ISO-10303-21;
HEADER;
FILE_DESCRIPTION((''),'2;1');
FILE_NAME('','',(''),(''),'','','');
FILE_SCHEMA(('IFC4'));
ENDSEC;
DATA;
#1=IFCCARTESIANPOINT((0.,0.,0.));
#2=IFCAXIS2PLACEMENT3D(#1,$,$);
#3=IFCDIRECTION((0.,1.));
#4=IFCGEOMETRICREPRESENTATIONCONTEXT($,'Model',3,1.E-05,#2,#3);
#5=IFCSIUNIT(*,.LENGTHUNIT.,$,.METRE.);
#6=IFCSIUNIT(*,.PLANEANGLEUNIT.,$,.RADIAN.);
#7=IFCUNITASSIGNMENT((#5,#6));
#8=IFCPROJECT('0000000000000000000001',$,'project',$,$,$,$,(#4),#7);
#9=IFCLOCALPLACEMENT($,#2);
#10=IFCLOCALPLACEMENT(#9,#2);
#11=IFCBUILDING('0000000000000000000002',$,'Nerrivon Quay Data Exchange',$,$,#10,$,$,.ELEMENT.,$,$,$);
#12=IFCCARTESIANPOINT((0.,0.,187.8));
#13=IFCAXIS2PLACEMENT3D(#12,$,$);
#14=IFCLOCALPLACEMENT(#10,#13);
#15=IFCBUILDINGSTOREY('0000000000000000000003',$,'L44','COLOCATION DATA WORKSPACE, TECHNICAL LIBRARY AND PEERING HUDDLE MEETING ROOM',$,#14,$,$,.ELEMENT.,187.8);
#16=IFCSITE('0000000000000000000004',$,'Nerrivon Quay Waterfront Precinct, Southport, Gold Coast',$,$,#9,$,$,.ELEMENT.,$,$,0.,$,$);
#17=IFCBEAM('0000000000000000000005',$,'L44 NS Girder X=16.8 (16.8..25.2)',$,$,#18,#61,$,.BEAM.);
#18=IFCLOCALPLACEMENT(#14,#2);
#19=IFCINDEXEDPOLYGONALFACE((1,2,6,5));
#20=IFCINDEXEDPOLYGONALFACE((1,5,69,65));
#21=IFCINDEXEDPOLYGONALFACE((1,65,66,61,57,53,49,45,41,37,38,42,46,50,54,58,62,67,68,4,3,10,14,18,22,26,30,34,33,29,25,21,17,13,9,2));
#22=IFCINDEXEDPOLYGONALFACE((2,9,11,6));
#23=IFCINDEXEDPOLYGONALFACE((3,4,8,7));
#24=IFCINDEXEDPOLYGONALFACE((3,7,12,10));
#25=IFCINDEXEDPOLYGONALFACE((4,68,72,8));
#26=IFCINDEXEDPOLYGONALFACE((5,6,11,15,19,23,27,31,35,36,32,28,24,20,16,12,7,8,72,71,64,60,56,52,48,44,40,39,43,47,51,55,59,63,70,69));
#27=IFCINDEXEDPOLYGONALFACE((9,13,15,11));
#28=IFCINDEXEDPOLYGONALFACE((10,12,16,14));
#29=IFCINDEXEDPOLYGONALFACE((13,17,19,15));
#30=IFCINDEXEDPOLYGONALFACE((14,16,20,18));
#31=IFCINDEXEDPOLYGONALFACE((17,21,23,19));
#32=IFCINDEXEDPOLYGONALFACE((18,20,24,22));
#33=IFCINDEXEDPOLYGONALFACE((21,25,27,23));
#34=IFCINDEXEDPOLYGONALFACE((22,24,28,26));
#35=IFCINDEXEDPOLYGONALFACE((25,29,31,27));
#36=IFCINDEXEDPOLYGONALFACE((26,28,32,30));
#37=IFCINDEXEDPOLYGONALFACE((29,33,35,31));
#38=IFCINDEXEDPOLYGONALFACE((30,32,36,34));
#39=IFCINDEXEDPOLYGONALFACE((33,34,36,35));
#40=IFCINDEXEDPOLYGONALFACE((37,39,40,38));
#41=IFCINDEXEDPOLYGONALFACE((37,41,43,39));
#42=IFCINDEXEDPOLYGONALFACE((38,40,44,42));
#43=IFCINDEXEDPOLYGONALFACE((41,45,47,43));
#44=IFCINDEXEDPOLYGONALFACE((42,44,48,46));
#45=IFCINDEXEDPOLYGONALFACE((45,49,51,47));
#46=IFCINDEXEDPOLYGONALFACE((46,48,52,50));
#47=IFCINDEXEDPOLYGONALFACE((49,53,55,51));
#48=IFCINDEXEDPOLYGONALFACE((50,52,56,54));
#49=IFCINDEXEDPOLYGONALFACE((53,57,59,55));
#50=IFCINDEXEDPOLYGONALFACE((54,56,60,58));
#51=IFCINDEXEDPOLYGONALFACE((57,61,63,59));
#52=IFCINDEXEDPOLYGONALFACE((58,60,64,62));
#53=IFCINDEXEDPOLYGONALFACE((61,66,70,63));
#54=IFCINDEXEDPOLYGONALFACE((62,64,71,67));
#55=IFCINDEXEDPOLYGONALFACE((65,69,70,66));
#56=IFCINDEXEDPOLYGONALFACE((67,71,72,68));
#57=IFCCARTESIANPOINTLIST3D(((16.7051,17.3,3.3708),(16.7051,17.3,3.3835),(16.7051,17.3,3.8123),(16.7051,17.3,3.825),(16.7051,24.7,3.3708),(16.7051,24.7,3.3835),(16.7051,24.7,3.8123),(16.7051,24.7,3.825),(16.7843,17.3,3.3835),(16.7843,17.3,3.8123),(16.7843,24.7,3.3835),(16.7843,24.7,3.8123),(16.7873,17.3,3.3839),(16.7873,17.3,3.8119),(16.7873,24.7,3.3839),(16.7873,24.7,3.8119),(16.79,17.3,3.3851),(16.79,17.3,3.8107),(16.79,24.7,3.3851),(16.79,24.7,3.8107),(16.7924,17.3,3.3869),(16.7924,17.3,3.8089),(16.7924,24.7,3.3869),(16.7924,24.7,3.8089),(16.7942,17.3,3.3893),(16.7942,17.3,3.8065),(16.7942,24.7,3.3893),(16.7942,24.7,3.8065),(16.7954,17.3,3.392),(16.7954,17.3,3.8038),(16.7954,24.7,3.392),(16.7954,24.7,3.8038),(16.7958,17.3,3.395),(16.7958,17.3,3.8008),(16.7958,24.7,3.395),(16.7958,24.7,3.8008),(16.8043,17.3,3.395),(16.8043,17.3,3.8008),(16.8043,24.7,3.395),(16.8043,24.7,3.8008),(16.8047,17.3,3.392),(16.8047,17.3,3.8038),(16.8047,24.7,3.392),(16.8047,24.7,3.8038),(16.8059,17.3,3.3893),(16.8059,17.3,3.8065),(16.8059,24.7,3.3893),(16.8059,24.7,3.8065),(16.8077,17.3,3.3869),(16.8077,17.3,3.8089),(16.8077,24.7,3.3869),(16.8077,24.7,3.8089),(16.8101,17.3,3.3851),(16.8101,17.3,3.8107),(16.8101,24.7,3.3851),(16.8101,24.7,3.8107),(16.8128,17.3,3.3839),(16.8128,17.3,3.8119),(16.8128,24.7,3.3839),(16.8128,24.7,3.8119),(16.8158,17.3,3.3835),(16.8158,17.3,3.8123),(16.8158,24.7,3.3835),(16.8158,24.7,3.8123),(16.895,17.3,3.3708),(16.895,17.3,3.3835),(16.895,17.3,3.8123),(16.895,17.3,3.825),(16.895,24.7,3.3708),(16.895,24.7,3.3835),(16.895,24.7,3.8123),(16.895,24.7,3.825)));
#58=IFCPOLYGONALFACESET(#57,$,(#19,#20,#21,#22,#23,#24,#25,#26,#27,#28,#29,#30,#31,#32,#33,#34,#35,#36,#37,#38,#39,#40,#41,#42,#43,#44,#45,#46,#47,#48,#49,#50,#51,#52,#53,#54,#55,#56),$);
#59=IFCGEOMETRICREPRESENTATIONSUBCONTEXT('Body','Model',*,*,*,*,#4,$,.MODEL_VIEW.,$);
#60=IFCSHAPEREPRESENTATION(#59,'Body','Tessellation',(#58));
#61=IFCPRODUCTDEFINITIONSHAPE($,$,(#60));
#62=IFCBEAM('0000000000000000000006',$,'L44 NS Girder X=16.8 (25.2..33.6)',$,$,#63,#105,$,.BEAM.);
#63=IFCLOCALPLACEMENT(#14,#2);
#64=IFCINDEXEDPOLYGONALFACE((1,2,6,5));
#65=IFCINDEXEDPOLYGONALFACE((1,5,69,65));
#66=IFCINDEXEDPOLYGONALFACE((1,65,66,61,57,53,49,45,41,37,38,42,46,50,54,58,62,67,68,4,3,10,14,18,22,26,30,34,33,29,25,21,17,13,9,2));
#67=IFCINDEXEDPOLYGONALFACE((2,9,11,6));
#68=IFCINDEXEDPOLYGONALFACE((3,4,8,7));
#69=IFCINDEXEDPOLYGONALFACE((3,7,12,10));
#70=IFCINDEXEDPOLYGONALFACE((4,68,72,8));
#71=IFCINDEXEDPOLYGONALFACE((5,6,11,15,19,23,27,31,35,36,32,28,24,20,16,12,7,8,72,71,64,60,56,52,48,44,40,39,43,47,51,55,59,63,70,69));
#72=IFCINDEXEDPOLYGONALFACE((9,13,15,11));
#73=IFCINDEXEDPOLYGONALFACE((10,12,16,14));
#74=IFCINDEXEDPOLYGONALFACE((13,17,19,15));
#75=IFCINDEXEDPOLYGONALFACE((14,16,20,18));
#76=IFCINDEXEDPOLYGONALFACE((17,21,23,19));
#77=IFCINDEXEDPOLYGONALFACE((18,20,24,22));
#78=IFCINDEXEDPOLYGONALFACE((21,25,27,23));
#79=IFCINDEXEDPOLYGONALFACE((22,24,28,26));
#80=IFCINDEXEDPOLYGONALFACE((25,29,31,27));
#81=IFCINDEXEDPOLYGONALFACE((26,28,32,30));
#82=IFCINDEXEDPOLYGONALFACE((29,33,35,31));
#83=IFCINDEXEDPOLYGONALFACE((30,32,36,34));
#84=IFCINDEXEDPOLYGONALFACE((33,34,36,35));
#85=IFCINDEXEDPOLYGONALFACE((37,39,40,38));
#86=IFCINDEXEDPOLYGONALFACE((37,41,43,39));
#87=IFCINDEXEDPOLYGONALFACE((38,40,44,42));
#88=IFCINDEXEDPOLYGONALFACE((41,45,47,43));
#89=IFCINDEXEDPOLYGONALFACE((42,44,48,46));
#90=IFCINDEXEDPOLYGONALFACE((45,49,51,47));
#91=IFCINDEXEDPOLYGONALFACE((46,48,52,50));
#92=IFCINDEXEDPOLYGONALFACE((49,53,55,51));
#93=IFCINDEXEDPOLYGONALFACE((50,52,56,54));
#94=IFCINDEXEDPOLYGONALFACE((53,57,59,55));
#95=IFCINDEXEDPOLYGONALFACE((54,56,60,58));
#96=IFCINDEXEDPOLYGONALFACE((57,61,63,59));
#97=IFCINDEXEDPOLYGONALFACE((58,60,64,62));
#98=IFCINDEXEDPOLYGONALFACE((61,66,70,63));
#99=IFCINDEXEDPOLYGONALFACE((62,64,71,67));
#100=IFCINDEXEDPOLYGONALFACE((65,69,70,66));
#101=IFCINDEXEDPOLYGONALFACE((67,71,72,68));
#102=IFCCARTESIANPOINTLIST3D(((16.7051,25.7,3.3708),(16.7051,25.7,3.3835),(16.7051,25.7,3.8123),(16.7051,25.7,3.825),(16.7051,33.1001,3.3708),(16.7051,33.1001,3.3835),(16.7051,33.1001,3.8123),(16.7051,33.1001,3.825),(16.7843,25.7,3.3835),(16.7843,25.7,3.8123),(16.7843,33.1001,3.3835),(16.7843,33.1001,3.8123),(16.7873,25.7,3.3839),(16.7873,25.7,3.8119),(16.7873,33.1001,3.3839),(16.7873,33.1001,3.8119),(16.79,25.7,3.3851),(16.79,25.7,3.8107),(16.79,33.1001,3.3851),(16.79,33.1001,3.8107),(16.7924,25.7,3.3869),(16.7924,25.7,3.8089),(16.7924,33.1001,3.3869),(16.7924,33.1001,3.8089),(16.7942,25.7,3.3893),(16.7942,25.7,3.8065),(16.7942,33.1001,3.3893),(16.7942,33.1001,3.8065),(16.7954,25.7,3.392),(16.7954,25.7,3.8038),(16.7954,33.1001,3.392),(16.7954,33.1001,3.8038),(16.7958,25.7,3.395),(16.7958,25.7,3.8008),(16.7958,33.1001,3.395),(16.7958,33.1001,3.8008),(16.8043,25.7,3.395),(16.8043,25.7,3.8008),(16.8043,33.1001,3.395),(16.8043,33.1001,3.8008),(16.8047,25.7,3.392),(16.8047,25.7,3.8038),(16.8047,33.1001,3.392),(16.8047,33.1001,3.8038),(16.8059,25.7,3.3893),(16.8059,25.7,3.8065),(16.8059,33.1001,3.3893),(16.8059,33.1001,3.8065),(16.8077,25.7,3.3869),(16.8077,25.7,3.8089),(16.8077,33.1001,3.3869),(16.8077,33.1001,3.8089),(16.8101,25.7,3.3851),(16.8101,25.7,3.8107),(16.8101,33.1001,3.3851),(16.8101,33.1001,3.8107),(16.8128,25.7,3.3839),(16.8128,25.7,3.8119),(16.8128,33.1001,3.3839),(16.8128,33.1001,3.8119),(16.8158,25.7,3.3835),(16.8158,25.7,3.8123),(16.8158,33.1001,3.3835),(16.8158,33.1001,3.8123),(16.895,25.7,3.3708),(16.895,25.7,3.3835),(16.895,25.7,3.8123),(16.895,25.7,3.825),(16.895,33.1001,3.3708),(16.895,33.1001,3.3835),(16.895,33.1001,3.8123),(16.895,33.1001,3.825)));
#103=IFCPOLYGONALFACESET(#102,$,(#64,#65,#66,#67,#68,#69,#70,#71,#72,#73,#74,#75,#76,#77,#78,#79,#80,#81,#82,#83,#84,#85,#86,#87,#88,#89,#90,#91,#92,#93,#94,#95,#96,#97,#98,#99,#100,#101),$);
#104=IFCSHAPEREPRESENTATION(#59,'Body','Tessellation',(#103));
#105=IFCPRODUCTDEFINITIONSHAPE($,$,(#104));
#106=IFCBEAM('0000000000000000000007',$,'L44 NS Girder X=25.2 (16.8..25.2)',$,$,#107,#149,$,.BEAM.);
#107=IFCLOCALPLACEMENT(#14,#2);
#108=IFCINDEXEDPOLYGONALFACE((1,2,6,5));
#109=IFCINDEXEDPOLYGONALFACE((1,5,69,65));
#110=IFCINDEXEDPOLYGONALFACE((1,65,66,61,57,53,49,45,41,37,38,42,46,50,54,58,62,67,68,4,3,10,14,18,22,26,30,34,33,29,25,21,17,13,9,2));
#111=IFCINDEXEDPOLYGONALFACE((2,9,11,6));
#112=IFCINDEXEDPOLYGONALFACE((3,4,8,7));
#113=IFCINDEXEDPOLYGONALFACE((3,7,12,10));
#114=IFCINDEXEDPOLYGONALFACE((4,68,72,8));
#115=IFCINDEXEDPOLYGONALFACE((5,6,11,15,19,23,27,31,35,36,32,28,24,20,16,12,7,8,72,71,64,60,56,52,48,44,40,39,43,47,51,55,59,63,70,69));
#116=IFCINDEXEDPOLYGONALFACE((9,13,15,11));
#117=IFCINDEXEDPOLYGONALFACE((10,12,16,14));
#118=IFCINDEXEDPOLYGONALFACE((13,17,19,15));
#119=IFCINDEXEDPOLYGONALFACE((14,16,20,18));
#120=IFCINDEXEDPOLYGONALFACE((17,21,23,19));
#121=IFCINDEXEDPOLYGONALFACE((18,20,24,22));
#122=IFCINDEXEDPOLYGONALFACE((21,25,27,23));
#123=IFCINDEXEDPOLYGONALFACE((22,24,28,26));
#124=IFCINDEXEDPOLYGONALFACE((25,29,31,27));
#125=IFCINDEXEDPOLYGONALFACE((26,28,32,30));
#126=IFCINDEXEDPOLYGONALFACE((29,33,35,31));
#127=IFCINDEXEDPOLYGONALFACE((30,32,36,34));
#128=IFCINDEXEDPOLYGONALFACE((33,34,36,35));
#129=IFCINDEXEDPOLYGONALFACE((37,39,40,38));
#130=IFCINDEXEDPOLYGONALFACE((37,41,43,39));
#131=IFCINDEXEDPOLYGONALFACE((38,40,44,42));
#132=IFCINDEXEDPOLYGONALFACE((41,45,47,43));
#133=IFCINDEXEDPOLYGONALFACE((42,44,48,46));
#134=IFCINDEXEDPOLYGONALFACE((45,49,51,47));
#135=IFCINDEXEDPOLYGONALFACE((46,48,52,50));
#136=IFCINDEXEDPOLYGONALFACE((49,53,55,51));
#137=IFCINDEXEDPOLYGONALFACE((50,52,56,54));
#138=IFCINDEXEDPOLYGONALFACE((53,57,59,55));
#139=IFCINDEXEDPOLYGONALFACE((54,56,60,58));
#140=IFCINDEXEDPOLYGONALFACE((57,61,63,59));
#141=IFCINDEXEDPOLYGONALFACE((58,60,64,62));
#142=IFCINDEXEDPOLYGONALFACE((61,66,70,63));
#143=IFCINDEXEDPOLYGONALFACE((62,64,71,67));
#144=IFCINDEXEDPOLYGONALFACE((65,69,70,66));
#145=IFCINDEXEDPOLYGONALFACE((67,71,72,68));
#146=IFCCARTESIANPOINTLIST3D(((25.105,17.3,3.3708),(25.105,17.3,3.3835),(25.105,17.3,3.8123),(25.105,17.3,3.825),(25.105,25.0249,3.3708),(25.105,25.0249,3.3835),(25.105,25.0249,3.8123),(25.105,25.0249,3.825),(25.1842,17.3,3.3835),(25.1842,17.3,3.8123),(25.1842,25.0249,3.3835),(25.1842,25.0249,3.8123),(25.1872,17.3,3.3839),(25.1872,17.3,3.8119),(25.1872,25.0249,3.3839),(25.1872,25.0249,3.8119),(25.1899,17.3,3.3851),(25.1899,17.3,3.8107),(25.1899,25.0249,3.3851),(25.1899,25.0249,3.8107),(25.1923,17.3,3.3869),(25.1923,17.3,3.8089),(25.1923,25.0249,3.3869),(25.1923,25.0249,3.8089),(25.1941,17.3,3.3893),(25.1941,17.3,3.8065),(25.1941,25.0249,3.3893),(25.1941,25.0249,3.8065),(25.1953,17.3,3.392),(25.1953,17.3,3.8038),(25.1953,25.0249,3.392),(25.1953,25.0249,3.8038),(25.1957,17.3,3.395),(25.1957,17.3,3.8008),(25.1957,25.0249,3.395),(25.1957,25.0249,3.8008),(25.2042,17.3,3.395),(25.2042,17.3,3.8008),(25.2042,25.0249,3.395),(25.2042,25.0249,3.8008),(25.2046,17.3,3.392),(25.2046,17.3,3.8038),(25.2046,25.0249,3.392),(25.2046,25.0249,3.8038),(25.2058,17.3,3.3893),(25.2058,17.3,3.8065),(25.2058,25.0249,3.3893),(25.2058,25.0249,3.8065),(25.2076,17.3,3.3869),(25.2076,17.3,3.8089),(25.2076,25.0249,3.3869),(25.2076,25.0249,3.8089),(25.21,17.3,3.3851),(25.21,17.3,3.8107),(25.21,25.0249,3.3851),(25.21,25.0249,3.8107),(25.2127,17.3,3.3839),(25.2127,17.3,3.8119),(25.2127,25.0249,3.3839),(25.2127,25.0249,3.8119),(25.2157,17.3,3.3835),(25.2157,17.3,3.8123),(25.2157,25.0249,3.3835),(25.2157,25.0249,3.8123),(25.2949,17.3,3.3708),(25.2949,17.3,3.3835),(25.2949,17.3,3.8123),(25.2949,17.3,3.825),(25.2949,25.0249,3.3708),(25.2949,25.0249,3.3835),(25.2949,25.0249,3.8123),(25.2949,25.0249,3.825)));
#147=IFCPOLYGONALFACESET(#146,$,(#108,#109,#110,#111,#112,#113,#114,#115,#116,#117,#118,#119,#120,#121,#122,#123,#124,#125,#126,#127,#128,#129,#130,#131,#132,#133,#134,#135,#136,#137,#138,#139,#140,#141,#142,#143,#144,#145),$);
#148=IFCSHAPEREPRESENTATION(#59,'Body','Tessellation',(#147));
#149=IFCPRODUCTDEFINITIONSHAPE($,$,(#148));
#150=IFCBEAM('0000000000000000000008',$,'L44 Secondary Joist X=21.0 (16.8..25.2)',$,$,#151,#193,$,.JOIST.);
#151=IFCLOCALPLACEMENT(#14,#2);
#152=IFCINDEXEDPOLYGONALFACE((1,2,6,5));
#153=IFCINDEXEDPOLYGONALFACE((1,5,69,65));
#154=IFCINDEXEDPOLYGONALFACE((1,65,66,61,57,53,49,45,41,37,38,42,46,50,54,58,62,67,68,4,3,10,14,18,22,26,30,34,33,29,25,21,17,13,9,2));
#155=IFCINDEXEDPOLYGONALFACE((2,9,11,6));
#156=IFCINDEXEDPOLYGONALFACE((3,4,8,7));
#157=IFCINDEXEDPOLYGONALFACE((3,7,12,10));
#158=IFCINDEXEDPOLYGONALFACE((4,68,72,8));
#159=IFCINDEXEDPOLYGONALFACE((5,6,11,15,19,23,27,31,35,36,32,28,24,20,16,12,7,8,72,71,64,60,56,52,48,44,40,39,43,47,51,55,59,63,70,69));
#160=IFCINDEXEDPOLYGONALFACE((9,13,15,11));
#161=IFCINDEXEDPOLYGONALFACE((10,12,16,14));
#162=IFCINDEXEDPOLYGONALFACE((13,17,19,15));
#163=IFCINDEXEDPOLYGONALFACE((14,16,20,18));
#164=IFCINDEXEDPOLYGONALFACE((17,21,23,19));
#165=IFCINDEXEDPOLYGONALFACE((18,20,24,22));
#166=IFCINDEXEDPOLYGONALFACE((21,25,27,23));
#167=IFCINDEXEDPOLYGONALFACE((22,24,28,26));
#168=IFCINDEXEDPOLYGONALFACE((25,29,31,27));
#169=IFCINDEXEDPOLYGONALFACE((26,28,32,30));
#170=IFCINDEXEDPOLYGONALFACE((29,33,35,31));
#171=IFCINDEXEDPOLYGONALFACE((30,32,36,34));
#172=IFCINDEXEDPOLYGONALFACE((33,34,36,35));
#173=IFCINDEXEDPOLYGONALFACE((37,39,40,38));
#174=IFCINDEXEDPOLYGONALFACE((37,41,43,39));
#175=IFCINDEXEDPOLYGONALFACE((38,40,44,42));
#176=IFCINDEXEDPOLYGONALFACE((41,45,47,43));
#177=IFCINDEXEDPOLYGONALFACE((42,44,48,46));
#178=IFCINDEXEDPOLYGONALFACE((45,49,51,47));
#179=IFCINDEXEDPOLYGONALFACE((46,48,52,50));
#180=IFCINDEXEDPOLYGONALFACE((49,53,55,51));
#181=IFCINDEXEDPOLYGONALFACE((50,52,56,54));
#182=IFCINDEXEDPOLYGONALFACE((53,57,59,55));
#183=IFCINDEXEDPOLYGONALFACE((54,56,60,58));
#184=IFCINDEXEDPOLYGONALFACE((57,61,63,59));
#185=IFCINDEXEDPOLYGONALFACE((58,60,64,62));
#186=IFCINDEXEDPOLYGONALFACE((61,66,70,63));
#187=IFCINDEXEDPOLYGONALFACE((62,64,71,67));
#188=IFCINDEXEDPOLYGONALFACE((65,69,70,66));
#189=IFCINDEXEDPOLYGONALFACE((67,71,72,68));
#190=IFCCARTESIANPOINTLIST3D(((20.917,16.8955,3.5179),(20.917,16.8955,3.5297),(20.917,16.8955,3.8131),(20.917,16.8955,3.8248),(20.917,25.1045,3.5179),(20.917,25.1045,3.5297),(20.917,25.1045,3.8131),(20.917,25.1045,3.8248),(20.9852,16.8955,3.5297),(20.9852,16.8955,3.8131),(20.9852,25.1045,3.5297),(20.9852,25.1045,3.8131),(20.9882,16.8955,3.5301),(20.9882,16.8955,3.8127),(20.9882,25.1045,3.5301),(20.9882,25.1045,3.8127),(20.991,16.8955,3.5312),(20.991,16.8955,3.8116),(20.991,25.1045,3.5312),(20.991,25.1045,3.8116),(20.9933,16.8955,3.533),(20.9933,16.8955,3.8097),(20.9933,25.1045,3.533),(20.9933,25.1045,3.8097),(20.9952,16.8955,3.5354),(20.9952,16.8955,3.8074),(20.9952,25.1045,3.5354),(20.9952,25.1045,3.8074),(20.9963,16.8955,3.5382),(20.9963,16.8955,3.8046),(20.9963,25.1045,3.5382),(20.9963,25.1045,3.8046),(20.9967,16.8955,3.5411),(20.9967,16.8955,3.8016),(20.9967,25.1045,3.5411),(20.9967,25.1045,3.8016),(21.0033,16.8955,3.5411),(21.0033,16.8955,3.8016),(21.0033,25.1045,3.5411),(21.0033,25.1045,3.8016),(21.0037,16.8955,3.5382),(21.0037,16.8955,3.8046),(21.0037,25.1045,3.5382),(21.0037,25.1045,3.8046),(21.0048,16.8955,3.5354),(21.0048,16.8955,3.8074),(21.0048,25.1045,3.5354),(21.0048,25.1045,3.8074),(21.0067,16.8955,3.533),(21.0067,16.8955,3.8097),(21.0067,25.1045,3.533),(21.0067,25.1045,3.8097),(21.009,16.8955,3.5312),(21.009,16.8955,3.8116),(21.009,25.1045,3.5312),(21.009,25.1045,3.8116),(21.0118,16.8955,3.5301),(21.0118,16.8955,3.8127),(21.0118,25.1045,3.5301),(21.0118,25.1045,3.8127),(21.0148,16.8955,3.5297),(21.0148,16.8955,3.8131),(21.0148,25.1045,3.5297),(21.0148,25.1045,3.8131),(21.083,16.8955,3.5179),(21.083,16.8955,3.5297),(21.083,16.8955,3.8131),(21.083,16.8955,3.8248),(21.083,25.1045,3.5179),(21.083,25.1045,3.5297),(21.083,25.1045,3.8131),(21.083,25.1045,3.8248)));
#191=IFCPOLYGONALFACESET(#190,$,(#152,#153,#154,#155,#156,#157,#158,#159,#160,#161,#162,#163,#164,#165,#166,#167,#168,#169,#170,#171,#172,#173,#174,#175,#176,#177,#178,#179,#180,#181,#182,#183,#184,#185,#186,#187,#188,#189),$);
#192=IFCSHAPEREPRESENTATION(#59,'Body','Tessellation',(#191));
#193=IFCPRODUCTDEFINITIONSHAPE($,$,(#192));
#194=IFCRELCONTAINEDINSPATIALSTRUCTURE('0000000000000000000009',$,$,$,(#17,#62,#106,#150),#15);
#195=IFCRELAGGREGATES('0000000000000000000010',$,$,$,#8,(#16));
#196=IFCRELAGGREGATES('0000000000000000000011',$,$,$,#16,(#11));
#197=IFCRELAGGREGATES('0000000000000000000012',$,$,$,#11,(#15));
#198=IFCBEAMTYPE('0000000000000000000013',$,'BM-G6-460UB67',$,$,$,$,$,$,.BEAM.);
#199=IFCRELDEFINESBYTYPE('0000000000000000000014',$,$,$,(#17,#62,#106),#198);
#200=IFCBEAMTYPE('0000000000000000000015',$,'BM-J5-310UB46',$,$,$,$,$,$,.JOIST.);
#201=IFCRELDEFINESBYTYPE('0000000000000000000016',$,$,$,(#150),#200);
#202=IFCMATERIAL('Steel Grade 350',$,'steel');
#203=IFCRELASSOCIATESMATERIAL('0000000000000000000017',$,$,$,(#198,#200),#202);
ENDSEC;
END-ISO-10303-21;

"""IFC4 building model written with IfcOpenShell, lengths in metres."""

from ifc_helpers import new_model, si_unit, direction, frame, origin, origin_2d, place, context, subcontext, project, spatial, i_section, extrude, material, material_profile, profile_set, type_object, element, save


model = new_model("IFC4")

# Units and contexts
model_context = context("Model", 3, precision=1e-05, world=origin(), true_north=direction((0.0, 1.0)))
body_context = subcontext(model_context, "Body", "Model", "MODEL_VIEW")
ifc_project = project(units=[si_unit("LENGTHUNIT", "METRE"), si_unit("PLANEANGLEUNIT", "RADIAN")], contexts=[model_context])

# Site, building, storey
site_placement = place(None, origin())
site = spatial("IfcSite", under=ifc_project, at=site_placement, Name="Nerrivon Quay Waterfront Precinct, Southport, Gold Coast", CompositionType="ELEMENT", RefElevation=0.0)
building_placement = place(site_placement, origin())
building = spatial("IfcBuilding", under=site, at=building_placement, Name="Nerrivon Quay Data Exchange", CompositionType="ELEMENT")
storey_placement = place(building_placement, frame((0.0, 0.0, 187.8)))
storey = spatial("IfcBuildingStorey", under=building, at=storey_placement, Name="L44", Description="COLOCATION DATA WORKSPACE, TECHNICAL LIBRARY AND PEERING HUDDLE MEETING ROOM", CompositionType="ELEMENT", Elevation=187.8)

# Shared definitions
ifc_material_1 = material(Name="Steel Grade 350", Category="steel")

# Beams
ifc_material_profile_1 = material_profile(ifc_material_1, i_section(OverallWidth=0.1899, OverallDepth=0.4541, WebThickness=0.0085, FlangeThickness=0.0127, FilletRadius=0.0115, at=origin_2d()), Name="460UB67.1")
ifc_profile_set_1 = profile_set([ifc_material_profile_1], Name="Steel Grade 350")
beam_type_1 = type_object("IfcBeamType", Name="BM-G6-460UB67", PredefinedType="BEAM", material=ifc_profile_set_1)
beam_1_placement = place(storey_placement, frame((16.8, 17.3, 3.5979), z_axis=(0.0, 1.0, 0.0), x_axis=(-1.0, 0.0, 0.0)))
element("IfcBeam", 1, at=beam_1_placement, inside=storey, type_object=beam_type_1, Name="L44 NS Girder X=16.8 (16.8..25.2)", PredefinedType="BEAM", context=body_context, shape_type="SweptSolid", body=[
    extrude(i_section(OverallWidth=0.1899, OverallDepth=0.4541, WebThickness=0.0085, FlangeThickness=0.0127, FilletRadius=0.0115, at=origin_2d()), origin(), (0.0, 0.0, 1.0), 7.3999),
])
beam_2_placement = place(storey_placement, frame((16.8, 25.7, 3.5979), z_axis=(0.0, 1.0, 0.0), x_axis=(-1.0, 0.0, 0.0)))
element("IfcBeam", 2, at=beam_2_placement, inside=storey, type_object=beam_type_1, Name="L44 NS Girder X=16.8 (25.2..33.6)", PredefinedType="BEAM", context=body_context, shape_type="SweptSolid", body=[
    extrude(i_section(OverallWidth=0.1899, OverallDepth=0.4541, WebThickness=0.0085, FlangeThickness=0.0127, FilletRadius=0.0115, at=origin_2d()), origin(), (0.0, 0.0, 1.0), 7.4001),
])
beam_3_placement = place(storey_placement, frame((25.2, 17.3, 3.5979), z_axis=(0.0, 1.0, 0.0), x_axis=(-1.0, 0.0, 0.0)))
element("IfcBeam", 3, at=beam_3_placement, inside=storey, type_object=beam_type_1, Name="L44 NS Girder X=25.2 (16.8..25.2)", PredefinedType="BEAM", context=body_context, shape_type="SweptSolid", body=[
    extrude(i_section(OverallWidth=0.1899, OverallDepth=0.4541, WebThickness=0.0085, FlangeThickness=0.0127, FilletRadius=0.0115, at=origin_2d()), origin(), (0.0, 0.0, 1.0), 7.7249),
])
ifc_material_profile_2 = material_profile(ifc_material_1, i_section(OverallWidth=0.166, OverallDepth=0.3069, WebThickness=0.0066, FlangeThickness=0.0117, FilletRadius=0.0115, at=origin_2d()), Name="310UB46.2")
ifc_profile_set_2 = profile_set([ifc_material_profile_2], Name="Steel Grade 350")
beam_type_2 = type_object("IfcBeamType", Name="BM-J5-310UB46", PredefinedType="JOIST", material=ifc_profile_set_2)
for number, where, z_axis, x_axis, name in (
    (4, (21.0, 16.8955, 3.6714), (0.0, 1.0, 0.0), (-1.0, 0.0, 0.0), "L44 Secondary Joist X=21.0 (16.8..25.2)"),
):
    element("IfcBeam", number, at=place(storey_placement, frame(where, z_axis=z_axis, x_axis=x_axis)), inside=storey, type_object=beam_type_2, Name=name, PredefinedType="JOIST", context=body_context, shape_type="SweptSolid", body=[
        extrude(i_section(OverallWidth=0.166, OverallDepth=0.3069, WebThickness=0.0066, FlangeThickness=0.0117, FilletRadius=0.0115, at=origin_2d()), origin(), (0.0, 0.0, 1.0), 8.209),
    ])

save(model, "model.ifc")
